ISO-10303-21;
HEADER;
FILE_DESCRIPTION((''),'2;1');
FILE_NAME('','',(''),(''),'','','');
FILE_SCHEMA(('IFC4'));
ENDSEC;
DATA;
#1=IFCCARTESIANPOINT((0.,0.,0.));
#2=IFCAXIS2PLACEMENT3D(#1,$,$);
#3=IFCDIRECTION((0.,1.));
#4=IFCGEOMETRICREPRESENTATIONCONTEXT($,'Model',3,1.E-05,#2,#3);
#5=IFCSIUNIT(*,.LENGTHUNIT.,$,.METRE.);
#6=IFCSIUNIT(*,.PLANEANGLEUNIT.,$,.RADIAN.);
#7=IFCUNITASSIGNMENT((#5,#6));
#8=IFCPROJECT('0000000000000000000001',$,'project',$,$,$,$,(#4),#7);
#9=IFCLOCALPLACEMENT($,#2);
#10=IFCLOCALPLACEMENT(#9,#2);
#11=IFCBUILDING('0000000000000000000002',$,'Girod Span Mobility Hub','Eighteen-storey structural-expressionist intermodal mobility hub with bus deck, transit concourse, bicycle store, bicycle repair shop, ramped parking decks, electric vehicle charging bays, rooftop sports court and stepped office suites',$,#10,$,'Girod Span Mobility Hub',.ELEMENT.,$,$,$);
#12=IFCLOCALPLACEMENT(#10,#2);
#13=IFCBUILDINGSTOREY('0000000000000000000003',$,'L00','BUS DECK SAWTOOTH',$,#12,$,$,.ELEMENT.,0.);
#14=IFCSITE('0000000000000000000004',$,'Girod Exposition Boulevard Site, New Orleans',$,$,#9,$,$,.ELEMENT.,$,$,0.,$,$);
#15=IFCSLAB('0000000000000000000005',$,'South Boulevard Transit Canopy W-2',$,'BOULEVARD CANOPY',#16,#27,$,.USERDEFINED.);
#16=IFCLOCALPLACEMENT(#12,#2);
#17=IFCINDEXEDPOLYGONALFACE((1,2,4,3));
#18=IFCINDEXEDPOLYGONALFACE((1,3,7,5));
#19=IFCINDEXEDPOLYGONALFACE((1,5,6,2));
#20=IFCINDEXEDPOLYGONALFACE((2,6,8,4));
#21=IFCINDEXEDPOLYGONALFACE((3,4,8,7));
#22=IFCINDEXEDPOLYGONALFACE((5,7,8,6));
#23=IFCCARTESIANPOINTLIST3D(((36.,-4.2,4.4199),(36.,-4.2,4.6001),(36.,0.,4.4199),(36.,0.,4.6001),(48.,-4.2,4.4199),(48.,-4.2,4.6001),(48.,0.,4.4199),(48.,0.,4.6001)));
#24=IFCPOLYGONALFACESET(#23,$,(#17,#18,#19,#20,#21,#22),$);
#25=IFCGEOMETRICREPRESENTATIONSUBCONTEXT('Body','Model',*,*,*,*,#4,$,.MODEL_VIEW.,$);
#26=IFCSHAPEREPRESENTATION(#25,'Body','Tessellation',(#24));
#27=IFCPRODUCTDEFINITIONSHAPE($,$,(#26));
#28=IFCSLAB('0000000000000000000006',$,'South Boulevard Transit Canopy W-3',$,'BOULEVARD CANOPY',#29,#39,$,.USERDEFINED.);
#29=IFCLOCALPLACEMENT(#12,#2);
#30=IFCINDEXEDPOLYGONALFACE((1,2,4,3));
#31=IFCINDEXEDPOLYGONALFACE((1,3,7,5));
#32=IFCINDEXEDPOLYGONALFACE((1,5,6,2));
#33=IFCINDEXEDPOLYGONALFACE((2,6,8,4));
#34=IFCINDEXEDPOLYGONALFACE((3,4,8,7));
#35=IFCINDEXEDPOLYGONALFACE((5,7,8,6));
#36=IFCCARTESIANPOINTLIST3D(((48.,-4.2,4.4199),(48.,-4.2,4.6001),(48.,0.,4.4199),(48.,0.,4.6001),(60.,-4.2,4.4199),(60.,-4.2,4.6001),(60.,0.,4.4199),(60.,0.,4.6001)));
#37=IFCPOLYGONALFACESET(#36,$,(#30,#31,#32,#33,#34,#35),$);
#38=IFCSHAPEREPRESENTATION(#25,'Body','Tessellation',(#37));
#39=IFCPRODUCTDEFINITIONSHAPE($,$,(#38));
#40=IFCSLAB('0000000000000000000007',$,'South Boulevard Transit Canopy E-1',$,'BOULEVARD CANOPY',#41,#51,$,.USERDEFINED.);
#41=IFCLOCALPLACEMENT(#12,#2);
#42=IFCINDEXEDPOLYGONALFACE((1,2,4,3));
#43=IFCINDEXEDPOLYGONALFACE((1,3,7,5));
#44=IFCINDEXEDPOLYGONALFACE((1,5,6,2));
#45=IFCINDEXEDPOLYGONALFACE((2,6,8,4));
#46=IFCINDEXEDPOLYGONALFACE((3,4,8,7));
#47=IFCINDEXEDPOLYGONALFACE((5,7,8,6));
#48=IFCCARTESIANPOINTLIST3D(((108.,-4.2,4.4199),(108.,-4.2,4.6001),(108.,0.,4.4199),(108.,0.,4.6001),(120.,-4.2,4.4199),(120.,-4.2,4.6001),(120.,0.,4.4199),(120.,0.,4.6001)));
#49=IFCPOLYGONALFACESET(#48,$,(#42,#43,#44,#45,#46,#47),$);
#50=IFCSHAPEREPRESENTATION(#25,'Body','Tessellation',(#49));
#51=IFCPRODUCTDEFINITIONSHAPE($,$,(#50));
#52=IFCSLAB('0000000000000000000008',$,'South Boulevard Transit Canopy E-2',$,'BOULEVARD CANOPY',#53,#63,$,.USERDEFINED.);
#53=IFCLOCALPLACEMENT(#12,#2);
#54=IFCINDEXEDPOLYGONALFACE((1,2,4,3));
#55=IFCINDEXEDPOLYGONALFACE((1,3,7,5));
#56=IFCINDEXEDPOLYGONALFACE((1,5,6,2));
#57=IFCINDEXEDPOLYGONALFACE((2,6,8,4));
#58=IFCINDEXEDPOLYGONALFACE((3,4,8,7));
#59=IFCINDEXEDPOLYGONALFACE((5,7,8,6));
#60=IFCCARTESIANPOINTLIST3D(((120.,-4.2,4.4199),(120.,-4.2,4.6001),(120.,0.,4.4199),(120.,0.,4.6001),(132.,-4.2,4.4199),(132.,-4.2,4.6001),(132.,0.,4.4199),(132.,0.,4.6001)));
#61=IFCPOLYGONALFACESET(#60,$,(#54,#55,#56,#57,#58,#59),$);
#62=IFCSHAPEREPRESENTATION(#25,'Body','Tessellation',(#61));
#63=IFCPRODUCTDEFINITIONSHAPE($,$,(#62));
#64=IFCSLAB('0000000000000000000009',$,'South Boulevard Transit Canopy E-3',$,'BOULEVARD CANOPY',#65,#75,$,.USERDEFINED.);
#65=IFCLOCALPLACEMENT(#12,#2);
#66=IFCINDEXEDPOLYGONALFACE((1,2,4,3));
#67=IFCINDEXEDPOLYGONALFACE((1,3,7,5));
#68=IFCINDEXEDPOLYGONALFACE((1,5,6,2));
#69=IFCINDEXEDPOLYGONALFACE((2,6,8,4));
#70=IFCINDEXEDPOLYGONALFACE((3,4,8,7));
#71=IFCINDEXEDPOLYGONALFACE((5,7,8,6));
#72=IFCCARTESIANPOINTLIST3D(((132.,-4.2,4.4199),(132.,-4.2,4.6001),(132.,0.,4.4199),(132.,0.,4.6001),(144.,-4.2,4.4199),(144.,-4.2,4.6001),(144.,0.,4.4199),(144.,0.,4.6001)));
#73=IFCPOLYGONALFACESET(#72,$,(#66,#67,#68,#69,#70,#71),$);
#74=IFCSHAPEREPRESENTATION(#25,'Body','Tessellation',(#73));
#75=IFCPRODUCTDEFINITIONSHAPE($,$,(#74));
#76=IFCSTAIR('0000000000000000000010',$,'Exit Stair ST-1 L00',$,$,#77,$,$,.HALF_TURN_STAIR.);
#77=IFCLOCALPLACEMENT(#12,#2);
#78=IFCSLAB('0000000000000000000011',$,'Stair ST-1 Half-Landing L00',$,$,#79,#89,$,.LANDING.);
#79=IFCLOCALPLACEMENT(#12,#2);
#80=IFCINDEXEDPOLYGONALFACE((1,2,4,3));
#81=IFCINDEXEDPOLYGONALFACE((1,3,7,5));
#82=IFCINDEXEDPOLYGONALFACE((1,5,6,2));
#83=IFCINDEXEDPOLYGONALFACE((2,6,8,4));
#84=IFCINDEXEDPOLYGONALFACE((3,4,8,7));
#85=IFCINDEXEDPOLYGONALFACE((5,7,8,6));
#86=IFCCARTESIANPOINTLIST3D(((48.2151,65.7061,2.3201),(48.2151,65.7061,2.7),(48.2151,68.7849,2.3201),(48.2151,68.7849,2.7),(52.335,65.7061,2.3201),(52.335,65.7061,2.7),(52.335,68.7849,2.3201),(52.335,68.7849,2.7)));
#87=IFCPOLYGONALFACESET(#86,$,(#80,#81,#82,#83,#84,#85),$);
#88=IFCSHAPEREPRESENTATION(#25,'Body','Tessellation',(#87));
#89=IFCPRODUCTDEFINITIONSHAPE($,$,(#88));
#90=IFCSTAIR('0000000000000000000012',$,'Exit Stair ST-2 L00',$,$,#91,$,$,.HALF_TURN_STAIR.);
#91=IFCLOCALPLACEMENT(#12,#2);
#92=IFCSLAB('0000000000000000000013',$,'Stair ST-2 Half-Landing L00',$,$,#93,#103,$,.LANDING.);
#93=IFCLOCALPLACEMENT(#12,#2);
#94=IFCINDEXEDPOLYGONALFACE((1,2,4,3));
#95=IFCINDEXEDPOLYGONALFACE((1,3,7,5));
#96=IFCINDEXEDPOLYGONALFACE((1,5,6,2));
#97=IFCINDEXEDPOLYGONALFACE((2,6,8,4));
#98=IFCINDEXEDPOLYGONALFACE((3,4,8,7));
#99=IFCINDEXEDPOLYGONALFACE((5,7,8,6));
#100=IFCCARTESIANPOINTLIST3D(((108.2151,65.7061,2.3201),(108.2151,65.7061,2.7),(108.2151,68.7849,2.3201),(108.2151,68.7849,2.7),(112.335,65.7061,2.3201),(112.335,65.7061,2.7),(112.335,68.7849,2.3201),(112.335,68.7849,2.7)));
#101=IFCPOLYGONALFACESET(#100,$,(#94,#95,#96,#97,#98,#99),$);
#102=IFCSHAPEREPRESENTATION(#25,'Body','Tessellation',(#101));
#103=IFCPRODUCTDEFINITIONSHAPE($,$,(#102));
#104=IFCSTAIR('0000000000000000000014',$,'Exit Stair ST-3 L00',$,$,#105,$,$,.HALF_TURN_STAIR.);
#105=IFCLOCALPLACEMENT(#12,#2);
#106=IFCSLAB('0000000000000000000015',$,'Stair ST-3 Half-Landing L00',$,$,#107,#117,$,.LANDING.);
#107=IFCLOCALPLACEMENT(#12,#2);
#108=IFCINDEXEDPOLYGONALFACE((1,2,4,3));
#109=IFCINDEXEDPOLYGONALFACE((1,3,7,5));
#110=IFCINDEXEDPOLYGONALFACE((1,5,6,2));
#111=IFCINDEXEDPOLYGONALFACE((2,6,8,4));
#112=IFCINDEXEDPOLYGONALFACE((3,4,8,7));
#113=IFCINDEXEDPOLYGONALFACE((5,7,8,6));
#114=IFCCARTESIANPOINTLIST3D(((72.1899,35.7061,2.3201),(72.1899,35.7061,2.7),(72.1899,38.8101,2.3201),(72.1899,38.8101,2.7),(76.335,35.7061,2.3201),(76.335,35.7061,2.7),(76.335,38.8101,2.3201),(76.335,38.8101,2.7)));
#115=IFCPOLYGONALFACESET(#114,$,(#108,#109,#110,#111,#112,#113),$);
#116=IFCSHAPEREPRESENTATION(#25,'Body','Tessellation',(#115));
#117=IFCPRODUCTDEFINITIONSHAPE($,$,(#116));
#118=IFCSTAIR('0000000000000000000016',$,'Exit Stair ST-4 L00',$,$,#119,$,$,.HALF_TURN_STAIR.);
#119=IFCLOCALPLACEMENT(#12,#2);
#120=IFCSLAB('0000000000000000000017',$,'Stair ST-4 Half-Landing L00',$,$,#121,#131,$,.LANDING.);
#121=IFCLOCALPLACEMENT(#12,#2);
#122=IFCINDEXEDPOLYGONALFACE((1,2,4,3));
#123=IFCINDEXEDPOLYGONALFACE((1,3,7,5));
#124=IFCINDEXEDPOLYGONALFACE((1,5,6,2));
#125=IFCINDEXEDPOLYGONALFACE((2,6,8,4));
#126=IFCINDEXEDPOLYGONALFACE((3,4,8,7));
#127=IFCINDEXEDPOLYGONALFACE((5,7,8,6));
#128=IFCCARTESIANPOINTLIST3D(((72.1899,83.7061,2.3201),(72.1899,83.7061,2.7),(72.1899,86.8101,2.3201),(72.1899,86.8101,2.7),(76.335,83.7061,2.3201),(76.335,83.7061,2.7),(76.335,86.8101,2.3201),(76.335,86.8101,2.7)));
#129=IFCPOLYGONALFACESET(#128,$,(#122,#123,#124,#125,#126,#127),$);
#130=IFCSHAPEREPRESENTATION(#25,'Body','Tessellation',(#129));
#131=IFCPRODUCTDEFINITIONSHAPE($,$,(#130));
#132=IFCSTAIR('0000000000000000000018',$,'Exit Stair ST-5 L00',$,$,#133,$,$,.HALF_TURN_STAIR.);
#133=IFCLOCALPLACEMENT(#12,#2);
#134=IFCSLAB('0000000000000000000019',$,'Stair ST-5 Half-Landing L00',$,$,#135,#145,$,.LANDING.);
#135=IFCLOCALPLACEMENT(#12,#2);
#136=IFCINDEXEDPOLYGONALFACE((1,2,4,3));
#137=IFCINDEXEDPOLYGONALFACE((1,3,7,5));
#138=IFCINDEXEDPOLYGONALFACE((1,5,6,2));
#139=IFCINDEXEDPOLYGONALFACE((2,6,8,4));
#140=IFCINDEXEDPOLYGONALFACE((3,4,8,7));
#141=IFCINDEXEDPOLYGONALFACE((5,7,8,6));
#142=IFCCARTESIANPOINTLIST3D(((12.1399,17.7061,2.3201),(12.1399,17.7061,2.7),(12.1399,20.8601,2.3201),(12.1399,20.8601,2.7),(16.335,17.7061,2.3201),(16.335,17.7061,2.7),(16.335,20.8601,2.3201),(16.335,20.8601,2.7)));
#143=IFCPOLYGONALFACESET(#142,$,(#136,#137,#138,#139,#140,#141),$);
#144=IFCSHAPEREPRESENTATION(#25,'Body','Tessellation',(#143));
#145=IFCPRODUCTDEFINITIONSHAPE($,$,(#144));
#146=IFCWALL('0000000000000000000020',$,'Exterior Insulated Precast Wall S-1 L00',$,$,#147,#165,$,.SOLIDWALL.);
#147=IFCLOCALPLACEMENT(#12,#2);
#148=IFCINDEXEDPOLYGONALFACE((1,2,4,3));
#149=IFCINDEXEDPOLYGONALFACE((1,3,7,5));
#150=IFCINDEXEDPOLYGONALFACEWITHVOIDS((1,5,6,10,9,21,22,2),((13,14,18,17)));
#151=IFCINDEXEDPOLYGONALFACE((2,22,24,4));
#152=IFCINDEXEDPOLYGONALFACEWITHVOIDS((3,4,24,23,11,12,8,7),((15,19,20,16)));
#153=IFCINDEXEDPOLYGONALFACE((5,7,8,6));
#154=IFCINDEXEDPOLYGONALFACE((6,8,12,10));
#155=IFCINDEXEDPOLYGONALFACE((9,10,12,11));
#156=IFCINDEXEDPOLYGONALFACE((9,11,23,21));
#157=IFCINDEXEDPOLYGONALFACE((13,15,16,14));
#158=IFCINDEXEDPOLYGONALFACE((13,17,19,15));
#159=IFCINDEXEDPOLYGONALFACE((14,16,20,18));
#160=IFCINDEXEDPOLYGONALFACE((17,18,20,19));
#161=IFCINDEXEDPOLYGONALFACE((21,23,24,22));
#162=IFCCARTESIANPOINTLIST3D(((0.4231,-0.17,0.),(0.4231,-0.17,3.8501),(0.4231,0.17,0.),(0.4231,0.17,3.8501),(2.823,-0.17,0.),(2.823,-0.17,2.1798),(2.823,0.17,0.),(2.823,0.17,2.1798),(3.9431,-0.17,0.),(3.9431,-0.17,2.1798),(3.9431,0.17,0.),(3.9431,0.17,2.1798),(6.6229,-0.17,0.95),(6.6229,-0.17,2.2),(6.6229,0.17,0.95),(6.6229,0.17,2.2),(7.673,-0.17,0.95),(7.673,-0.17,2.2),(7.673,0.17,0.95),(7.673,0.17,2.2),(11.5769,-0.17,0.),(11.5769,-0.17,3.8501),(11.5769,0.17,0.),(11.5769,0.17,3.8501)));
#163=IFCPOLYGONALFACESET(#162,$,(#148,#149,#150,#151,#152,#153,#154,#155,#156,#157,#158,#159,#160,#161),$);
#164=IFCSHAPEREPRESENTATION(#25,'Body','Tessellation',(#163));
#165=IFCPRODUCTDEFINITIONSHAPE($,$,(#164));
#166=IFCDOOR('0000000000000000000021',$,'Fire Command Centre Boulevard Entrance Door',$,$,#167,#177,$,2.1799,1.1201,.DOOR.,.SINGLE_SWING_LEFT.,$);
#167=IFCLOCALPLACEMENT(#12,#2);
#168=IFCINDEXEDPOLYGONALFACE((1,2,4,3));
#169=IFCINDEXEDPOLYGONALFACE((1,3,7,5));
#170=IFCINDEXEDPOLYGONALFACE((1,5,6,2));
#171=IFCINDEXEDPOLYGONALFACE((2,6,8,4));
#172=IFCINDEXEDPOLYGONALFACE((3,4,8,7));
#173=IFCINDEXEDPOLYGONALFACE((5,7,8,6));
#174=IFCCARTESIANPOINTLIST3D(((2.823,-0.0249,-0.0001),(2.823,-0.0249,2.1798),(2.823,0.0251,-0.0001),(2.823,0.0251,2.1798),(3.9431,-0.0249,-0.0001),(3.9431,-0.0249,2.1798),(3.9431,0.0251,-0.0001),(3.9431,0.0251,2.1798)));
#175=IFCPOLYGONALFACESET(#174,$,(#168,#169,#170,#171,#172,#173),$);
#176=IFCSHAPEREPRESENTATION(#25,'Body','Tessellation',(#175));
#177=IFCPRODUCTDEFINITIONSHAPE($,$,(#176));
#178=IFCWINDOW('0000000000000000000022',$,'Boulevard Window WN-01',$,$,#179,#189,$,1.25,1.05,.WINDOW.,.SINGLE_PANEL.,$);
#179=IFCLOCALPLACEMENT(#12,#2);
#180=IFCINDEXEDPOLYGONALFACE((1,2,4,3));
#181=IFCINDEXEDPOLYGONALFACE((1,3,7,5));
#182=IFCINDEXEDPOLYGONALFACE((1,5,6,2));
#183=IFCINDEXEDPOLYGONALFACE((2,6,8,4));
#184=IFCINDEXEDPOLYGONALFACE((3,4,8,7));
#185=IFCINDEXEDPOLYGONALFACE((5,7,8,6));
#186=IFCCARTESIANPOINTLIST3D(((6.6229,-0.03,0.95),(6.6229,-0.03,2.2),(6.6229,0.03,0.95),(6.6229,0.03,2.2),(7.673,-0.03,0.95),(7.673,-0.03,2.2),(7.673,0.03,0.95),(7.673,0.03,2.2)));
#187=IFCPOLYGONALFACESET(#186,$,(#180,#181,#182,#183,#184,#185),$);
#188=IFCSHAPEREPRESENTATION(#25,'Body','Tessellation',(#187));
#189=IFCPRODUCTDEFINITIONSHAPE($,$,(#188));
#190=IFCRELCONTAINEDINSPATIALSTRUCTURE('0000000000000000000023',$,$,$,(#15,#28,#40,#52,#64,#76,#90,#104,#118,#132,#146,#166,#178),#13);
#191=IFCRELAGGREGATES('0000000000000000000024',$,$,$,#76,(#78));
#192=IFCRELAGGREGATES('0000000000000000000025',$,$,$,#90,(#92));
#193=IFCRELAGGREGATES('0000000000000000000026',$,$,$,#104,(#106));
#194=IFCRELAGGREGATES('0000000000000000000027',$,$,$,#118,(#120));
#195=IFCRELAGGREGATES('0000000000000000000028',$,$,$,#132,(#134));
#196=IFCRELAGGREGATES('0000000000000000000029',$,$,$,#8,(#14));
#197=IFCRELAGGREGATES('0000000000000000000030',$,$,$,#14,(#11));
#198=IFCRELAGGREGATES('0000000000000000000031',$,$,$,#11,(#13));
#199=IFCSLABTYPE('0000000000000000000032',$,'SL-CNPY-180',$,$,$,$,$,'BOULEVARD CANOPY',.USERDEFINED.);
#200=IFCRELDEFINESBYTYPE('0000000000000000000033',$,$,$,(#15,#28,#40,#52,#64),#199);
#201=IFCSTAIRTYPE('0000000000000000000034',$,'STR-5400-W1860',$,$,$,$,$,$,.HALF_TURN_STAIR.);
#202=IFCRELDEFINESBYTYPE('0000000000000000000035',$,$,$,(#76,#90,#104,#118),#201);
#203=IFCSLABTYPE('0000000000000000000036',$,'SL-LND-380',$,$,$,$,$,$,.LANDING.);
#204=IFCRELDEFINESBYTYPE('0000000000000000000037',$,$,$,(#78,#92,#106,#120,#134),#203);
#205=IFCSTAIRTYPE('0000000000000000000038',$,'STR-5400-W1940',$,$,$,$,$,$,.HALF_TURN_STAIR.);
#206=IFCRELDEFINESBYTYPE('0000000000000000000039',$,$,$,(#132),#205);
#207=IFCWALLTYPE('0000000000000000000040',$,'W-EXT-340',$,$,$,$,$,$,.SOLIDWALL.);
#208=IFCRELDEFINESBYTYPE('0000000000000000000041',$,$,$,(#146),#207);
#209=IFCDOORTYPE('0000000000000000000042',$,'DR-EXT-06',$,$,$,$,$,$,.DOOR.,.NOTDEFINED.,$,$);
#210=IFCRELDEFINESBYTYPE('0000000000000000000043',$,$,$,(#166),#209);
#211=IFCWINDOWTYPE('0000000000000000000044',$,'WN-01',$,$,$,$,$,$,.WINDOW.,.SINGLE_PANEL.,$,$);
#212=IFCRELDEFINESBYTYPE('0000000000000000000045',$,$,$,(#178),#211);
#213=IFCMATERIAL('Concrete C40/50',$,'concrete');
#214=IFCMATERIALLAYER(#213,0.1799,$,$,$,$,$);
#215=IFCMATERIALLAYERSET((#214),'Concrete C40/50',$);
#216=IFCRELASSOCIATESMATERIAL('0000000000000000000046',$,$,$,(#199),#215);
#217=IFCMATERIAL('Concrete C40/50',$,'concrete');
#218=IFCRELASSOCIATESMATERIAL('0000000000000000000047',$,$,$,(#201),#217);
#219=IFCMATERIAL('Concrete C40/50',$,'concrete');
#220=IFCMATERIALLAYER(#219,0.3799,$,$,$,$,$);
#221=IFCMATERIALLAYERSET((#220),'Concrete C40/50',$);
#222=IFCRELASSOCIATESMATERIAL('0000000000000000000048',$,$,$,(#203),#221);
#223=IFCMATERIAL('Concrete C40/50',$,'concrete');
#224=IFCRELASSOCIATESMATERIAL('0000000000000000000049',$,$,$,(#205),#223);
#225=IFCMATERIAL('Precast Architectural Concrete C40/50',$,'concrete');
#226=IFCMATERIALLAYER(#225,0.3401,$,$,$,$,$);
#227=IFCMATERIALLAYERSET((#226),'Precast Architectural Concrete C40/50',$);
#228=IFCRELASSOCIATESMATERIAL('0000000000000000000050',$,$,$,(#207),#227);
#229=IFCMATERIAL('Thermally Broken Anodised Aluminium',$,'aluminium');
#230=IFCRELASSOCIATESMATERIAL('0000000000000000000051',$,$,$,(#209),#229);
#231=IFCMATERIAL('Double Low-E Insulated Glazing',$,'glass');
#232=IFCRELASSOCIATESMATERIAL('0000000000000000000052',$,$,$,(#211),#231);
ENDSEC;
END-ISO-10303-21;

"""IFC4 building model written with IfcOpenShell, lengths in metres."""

from ifc_helpers import new_model, si_unit, direction, frame, frame_2d, origin, place, context, subcontext, project, spatial, polyline, rectangle, outline, extrude, material, layer, layer_set, type_object, element, fill, aggregate, save


model = new_model("IFC4")

# Units and contexts
model_context = context("Model", 3, precision=1e-05, world=origin(), true_north=direction((0.0, 1.0)))
body_context = subcontext(model_context, "Body", "Model", "MODEL_VIEW")
ifc_project = project(units=[si_unit("LENGTHUNIT", "METRE"), si_unit("PLANEANGLEUNIT", "RADIAN")], contexts=[model_context])

# Site, building, storey
site_placement = place(None, origin())
site = spatial("IfcSite", under=ifc_project, at=site_placement, Name="Girod Exposition Boulevard Site, New Orleans", CompositionType="ELEMENT", RefElevation=0.0)
building_placement = place(site_placement, origin())
building = spatial("IfcBuilding", under=site, at=building_placement, Name="Girod Span Mobility Hub", Description="Eighteen-storey structural-expressionist intermodal mobility hub with bus deck, transit concourse, bicycle store, bicycle repair shop, ramped parking decks, electric vehicle charging bays, rooftop sports court and stepped office suites", LongName="Girod Span Mobility Hub", CompositionType="ELEMENT")
storey_placement = place(building_placement, origin())
storey = spatial("IfcBuildingStorey", under=building, at=storey_placement, Name="L00", Description="BUS DECK SAWTOOTH", CompositionType="ELEMENT", Elevation=0.0)

# Slabs
ifc_material_1 = material(Name="Concrete C40/50", Category="concrete")
ifc_layer_1 = layer(ifc_material_1, 0.1799)
ifc_layer_set_1 = layer_set([ifc_layer_1], Name="Concrete C40/50")
slab_type_1 = type_object("IfcSlabType", Name="SL-CNPY-180", ElementType="BOULEVARD CANOPY", PredefinedType="USERDEFINED", material=ifc_layer_set_1)
slab_1_placement = place(storey_placement, frame((0.0, 0.0, 4.4199)))
element("IfcSlab", 1, at=slab_1_placement, inside=storey, type_object=slab_type_1, Name="South Boulevard Transit Canopy W-2", ObjectType="BOULEVARD CANOPY", PredefinedType="USERDEFINED", context=body_context, shape_type="SweptSolid", body=[
    extrude(outline(polyline([(48.0, -4.2), (48.0, 0.0), (36.0, 0.0), (36.0, -4.2), (48.0, -4.2)])), origin(), (0.0, 0.0, 1.0), 0.1802),
])
slab_2_placement = place(storey_placement, frame((0.0, 0.0, 4.4199)))
element("IfcSlab", 2, at=slab_2_placement, inside=storey, type_object=slab_type_1, Name="South Boulevard Transit Canopy W-3", ObjectType="BOULEVARD CANOPY", PredefinedType="USERDEFINED", context=body_context, shape_type="SweptSolid", body=[
    extrude(outline(polyline([(60.0, -4.2), (60.0, 0.0), (48.0, 0.0), (48.0, -4.2), (60.0, -4.2)])), origin(), (0.0, 0.0, 1.0), 0.1802),
])
slab_3_placement = place(storey_placement, frame((0.0, 0.0, 4.4199)))
element("IfcSlab", 3, at=slab_3_placement, inside=storey, type_object=slab_type_1, Name="South Boulevard Transit Canopy E-1", ObjectType="BOULEVARD CANOPY", PredefinedType="USERDEFINED", context=body_context, shape_type="SweptSolid", body=[
    extrude(outline(polyline([(120.0, -4.2), (120.0, 0.0), (108.0, 0.0), (108.0, -4.2), (120.0, -4.2)])), origin(), (0.0, 0.0, 1.0), 0.1802),
])
slab_4_placement = place(storey_placement, frame((0.0, 0.0, 4.4199)))
element("IfcSlab", 4, at=slab_4_placement, inside=storey, type_object=slab_type_1, Name="South Boulevard Transit Canopy E-2", ObjectType="BOULEVARD CANOPY", PredefinedType="USERDEFINED", context=body_context, shape_type="SweptSolid", body=[
    extrude(outline(polyline([(132.0, -4.2), (132.0, 0.0), (120.0, 0.0), (120.0, -4.2), (132.0, -4.2)])), origin(), (0.0, 0.0, 1.0), 0.1802),
])
slab_5_placement = place(storey_placement, frame((0.0, 0.0, 4.4199)))
element("IfcSlab", 5, at=slab_5_placement, inside=storey, type_object=slab_type_1, Name="South Boulevard Transit Canopy E-3", ObjectType="BOULEVARD CANOPY", PredefinedType="USERDEFINED", context=body_context, shape_type="SweptSolid", body=[
    extrude(outline(polyline([(144.0, -4.2), (144.0, 0.0), (132.0, 0.0), (132.0, -4.2), (144.0, -4.2)])), origin(), (0.0, 0.0, 1.0), 0.1802),
])

# Stairs, slabs
ifc_material_2 = material(Name="Concrete C40/50", Category="concrete")
stair_type_1 = type_object("IfcStairType", Name="STR-5400-W1860", PredefinedType="HALF_TURN_STAIR", material=ifc_material_2)
stair_1_placement = place(storey_placement, origin())
stair_1 = element("IfcStair", 6, at=stair_1_placement, inside=storey, type_object=stair_type_1, Name="Exit Stair ST-1 L00", PredefinedType="HALF_TURN_STAIR")
ifc_material_3 = material(Name="Concrete C40/50", Category="concrete")
ifc_layer_2 = layer(ifc_material_3, 0.3799)
ifc_layer_set_2 = layer_set([ifc_layer_2], Name="Concrete C40/50")
slab_type_2 = type_object("IfcSlabType", Name="SL-LND-380", PredefinedType="LANDING", material=ifc_layer_set_2)
slab_6_placement = place(storey_placement, frame((0.0, 0.0, 2.3201)))
slab_6 = element("IfcSlab", 7, at=slab_6_placement, type_object=slab_type_2, Name="Stair ST-1 Half-Landing L00", PredefinedType="LANDING", context=body_context, shape_type="SweptSolid", body=[
    extrude(outline(polyline([(52.335, 65.7061), (52.335, 68.7849), (48.2151, 68.7849), (48.2151, 65.7061), (52.335, 65.7061)])), origin(), (0.0, 0.0, 1.0), 0.3799),
])
aggregate(stair_1, [slab_6])
stair_2_placement = place(storey_placement, origin())
stair_2 = element("IfcStair", 8, at=stair_2_placement, inside=storey, type_object=stair_type_1, Name="Exit Stair ST-2 L00", PredefinedType="HALF_TURN_STAIR")
slab_7_placement = place(storey_placement, frame((0.0, 0.0, 2.3201)))
slab_7 = element("IfcSlab", 9, at=slab_7_placement, type_object=slab_type_2, Name="Stair ST-2 Half-Landing L00", PredefinedType="LANDING", context=body_context, shape_type="SweptSolid", body=[
    extrude(outline(polyline([(112.335, 65.7061), (112.335, 68.7849), (108.2151, 68.7849), (108.2151, 65.7061), (112.335, 65.7061)])), origin(), (0.0, 0.0, 1.0), 0.3799),
])
aggregate(stair_2, [slab_7])
stair_3_placement = place(storey_placement, origin())
stair_3 = element("IfcStair", 10, at=stair_3_placement, inside=storey, type_object=stair_type_1, Name="Exit Stair ST-3 L00", PredefinedType="HALF_TURN_STAIR")
slab_8_placement = place(storey_placement, frame((0.0, 0.0, 2.3201)))
slab_8 = element("IfcSlab", 11, at=slab_8_placement, type_object=slab_type_2, Name="Stair ST-3 Half-Landing L00", PredefinedType="LANDING", context=body_context, shape_type="SweptSolid", body=[
    extrude(outline(polyline([(76.335, 35.7061), (76.335, 38.8101), (72.1899, 38.8101), (72.1899, 35.7061), (76.335, 35.7061)])), origin(), (0.0, 0.0, 1.0), 0.3799),
])
aggregate(stair_3, [slab_8])
stair_4_placement = place(storey_placement, origin())
stair_4 = element("IfcStair", 12, at=stair_4_placement, inside=storey, type_object=stair_type_1, Name="Exit Stair ST-4 L00", PredefinedType="HALF_TURN_STAIR")
slab_9_placement = place(storey_placement, frame((0.0, 0.0, 2.3201)))
slab_9 = element("IfcSlab", 13, at=slab_9_placement, type_object=slab_type_2, Name="Stair ST-4 Half-Landing L00", PredefinedType="LANDING", context=body_context, shape_type="SweptSolid", body=[
    extrude(outline(polyline([(76.335, 83.7061), (76.335, 86.8101), (72.1899, 86.8101), (72.1899, 83.7061), (76.335, 83.7061)])), origin(), (0.0, 0.0, 1.0), 0.3799),
])
aggregate(stair_4, [slab_9])
ifc_material_4 = material(Name="Concrete C40/50", Category="concrete")
stair_type_2 = type_object("IfcStairType", Name="STR-5400-W1940", PredefinedType="HALF_TURN_STAIR", material=ifc_material_4)
stair_5_placement = place(storey_placement, origin())
stair_5 = element("IfcStair", 14, at=stair_5_placement, inside=storey, type_object=stair_type_2, Name="Exit Stair ST-5 L00", PredefinedType="HALF_TURN_STAIR")
slab_10_placement = place(storey_placement, frame((0.0, 0.0, 2.3201)))
slab_10 = element("IfcSlab", 15, at=slab_10_placement, type_object=slab_type_2, Name="Stair ST-5 Half-Landing L00", PredefinedType="LANDING", context=body_context, shape_type="SweptSolid", body=[
    extrude(outline(polyline([(16.335, 17.7061), (16.335, 20.8601), (12.1399, 20.8601), (12.1399, 17.7061), (16.335, 17.7061)])), origin(), (0.0, 0.0, 1.0), 0.3799),
])
aggregate(stair_5, [slab_10])

# Wall, openings, door, window
ifc_material_5 = material(Name="Precast Architectural Concrete C40/50", Category="concrete")
ifc_layer_3 = layer(ifc_material_5, 0.3401)
ifc_layer_set_3 = layer_set([ifc_layer_3], Name="Precast Architectural Concrete C40/50")
wall_type = type_object("IfcWallType", Name="W-EXT-340", PredefinedType="SOLIDWALL", material=ifc_layer_set_3)
wall_placement = place(storey_placement, frame((0.4231, 0.0, 0.0), z_axis=(0.0, 0.0, 1.0), x_axis=(1.0, 0.0, 0.0)))
wall = element("IfcWall", 16, at=wall_placement, inside=storey, type_object=wall_type, Name="Exterior Insulated Precast Wall S-1 L00", PredefinedType="SOLIDWALL", context=body_context, shape_type="SweptSolid", body=[
    extrude(rectangle(XDim=11.1538, YDim=0.3401, at=frame_2d((5.5769, 0.0))), origin(), (0.0, 0.0, 1.0), 3.8501),
])
opening_1_placement = place(wall_placement, frame((2.3999, 0.0, 0.0)))
opening_1 = element("IfcOpeningElement", 17, at=opening_1_placement, cuts=wall, PredefinedType="OPENING", context=body_context, shape_type="SweptSolid", body=[
    extrude(rectangle(XDim=1.1201, YDim=2.1799, at=frame_2d((0.5601, 1.0898))), frame((0.0, 0.1851, 0.0), z_axis=(0.0, -1.0, 0.0), x_axis=(1.0, 0.0, 0.0)), (0.0, 0.0, 1.0), 0.3701),
])
opening_2_placement = place(wall_placement, frame((6.2, 0.0, 0.95)))
opening_2 = element("IfcOpeningElement", 18, at=opening_2_placement, cuts=wall, PredefinedType="OPENING", context=body_context, shape_type="SweptSolid", body=[
    extrude(rectangle(XDim=1.05, YDim=1.25, at=frame_2d((0.5249, 0.625))), frame((0.0, 0.1851, 0.0), z_axis=(0.0, -1.0, 0.0), x_axis=(1.0, 0.0, 0.0)), (0.0, 0.0, 1.0), 0.3701),
])
ifc_material_6 = material(Name="Thermally Broken Anodised Aluminium", Category="aluminium")
door_type = type_object("IfcDoorType", Name="DR-EXT-06", OperationType="NOTDEFINED", PredefinedType="DOOR", material=ifc_material_6)
door_placement = place(opening_1_placement, frame((1.1201, 0.0, 0.0), z_axis=(0.0, 0.0, 1.0), x_axis=(-1.0, 0.0, 0.0)))
door = element("IfcDoor", 19, at=door_placement, inside=storey, type_object=door_type, Name="Fire Command Centre Boulevard Entrance Door", OperationType="SINGLE_SWING_LEFT", OverallHeight=2.1799, OverallWidth=1.1201, PredefinedType="DOOR", context=body_context, shape_type="SweptSolid", body=[
    extrude(rectangle(XDim=1.1201, YDim=2.1799, at=frame_2d((0.5601, 1.0898))), frame((0.0, 0.0249, 0.0), z_axis=(0.0, -1.0, 0.0), x_axis=(1.0, 0.0, 0.0)), (0.0, 0.0, 1.0), 0.05),
])
fill(opening_1, door)
ifc_material_7 = material(Name="Double Low-E Insulated Glazing", Category="glass")
window_type = type_object("IfcWindowType", Name="WN-01", PartitioningType="SINGLE_PANEL", PredefinedType="WINDOW", material=ifc_material_7)
window_placement = place(opening_2_placement, origin())
window = element("IfcWindow", 20, at=window_placement, inside=storey, type_object=window_type, Name="Boulevard Window WN-01", OverallHeight=1.25, OverallWidth=1.05, PartitioningType="SINGLE_PANEL", PredefinedType="WINDOW", context=body_context, shape_type="SweptSolid", body=[
    extrude(rectangle(XDim=1.05, YDim=1.25, at=frame_2d((0.5249, 0.625))), frame((0.0, 0.03, 0.0), z_axis=(0.0, -1.0, 0.0), x_axis=(1.0, 0.0, 0.0)), (0.0, 0.0, 1.0), 0.0601),
])
fill(opening_2, window)

save(model, "model.ifc")
